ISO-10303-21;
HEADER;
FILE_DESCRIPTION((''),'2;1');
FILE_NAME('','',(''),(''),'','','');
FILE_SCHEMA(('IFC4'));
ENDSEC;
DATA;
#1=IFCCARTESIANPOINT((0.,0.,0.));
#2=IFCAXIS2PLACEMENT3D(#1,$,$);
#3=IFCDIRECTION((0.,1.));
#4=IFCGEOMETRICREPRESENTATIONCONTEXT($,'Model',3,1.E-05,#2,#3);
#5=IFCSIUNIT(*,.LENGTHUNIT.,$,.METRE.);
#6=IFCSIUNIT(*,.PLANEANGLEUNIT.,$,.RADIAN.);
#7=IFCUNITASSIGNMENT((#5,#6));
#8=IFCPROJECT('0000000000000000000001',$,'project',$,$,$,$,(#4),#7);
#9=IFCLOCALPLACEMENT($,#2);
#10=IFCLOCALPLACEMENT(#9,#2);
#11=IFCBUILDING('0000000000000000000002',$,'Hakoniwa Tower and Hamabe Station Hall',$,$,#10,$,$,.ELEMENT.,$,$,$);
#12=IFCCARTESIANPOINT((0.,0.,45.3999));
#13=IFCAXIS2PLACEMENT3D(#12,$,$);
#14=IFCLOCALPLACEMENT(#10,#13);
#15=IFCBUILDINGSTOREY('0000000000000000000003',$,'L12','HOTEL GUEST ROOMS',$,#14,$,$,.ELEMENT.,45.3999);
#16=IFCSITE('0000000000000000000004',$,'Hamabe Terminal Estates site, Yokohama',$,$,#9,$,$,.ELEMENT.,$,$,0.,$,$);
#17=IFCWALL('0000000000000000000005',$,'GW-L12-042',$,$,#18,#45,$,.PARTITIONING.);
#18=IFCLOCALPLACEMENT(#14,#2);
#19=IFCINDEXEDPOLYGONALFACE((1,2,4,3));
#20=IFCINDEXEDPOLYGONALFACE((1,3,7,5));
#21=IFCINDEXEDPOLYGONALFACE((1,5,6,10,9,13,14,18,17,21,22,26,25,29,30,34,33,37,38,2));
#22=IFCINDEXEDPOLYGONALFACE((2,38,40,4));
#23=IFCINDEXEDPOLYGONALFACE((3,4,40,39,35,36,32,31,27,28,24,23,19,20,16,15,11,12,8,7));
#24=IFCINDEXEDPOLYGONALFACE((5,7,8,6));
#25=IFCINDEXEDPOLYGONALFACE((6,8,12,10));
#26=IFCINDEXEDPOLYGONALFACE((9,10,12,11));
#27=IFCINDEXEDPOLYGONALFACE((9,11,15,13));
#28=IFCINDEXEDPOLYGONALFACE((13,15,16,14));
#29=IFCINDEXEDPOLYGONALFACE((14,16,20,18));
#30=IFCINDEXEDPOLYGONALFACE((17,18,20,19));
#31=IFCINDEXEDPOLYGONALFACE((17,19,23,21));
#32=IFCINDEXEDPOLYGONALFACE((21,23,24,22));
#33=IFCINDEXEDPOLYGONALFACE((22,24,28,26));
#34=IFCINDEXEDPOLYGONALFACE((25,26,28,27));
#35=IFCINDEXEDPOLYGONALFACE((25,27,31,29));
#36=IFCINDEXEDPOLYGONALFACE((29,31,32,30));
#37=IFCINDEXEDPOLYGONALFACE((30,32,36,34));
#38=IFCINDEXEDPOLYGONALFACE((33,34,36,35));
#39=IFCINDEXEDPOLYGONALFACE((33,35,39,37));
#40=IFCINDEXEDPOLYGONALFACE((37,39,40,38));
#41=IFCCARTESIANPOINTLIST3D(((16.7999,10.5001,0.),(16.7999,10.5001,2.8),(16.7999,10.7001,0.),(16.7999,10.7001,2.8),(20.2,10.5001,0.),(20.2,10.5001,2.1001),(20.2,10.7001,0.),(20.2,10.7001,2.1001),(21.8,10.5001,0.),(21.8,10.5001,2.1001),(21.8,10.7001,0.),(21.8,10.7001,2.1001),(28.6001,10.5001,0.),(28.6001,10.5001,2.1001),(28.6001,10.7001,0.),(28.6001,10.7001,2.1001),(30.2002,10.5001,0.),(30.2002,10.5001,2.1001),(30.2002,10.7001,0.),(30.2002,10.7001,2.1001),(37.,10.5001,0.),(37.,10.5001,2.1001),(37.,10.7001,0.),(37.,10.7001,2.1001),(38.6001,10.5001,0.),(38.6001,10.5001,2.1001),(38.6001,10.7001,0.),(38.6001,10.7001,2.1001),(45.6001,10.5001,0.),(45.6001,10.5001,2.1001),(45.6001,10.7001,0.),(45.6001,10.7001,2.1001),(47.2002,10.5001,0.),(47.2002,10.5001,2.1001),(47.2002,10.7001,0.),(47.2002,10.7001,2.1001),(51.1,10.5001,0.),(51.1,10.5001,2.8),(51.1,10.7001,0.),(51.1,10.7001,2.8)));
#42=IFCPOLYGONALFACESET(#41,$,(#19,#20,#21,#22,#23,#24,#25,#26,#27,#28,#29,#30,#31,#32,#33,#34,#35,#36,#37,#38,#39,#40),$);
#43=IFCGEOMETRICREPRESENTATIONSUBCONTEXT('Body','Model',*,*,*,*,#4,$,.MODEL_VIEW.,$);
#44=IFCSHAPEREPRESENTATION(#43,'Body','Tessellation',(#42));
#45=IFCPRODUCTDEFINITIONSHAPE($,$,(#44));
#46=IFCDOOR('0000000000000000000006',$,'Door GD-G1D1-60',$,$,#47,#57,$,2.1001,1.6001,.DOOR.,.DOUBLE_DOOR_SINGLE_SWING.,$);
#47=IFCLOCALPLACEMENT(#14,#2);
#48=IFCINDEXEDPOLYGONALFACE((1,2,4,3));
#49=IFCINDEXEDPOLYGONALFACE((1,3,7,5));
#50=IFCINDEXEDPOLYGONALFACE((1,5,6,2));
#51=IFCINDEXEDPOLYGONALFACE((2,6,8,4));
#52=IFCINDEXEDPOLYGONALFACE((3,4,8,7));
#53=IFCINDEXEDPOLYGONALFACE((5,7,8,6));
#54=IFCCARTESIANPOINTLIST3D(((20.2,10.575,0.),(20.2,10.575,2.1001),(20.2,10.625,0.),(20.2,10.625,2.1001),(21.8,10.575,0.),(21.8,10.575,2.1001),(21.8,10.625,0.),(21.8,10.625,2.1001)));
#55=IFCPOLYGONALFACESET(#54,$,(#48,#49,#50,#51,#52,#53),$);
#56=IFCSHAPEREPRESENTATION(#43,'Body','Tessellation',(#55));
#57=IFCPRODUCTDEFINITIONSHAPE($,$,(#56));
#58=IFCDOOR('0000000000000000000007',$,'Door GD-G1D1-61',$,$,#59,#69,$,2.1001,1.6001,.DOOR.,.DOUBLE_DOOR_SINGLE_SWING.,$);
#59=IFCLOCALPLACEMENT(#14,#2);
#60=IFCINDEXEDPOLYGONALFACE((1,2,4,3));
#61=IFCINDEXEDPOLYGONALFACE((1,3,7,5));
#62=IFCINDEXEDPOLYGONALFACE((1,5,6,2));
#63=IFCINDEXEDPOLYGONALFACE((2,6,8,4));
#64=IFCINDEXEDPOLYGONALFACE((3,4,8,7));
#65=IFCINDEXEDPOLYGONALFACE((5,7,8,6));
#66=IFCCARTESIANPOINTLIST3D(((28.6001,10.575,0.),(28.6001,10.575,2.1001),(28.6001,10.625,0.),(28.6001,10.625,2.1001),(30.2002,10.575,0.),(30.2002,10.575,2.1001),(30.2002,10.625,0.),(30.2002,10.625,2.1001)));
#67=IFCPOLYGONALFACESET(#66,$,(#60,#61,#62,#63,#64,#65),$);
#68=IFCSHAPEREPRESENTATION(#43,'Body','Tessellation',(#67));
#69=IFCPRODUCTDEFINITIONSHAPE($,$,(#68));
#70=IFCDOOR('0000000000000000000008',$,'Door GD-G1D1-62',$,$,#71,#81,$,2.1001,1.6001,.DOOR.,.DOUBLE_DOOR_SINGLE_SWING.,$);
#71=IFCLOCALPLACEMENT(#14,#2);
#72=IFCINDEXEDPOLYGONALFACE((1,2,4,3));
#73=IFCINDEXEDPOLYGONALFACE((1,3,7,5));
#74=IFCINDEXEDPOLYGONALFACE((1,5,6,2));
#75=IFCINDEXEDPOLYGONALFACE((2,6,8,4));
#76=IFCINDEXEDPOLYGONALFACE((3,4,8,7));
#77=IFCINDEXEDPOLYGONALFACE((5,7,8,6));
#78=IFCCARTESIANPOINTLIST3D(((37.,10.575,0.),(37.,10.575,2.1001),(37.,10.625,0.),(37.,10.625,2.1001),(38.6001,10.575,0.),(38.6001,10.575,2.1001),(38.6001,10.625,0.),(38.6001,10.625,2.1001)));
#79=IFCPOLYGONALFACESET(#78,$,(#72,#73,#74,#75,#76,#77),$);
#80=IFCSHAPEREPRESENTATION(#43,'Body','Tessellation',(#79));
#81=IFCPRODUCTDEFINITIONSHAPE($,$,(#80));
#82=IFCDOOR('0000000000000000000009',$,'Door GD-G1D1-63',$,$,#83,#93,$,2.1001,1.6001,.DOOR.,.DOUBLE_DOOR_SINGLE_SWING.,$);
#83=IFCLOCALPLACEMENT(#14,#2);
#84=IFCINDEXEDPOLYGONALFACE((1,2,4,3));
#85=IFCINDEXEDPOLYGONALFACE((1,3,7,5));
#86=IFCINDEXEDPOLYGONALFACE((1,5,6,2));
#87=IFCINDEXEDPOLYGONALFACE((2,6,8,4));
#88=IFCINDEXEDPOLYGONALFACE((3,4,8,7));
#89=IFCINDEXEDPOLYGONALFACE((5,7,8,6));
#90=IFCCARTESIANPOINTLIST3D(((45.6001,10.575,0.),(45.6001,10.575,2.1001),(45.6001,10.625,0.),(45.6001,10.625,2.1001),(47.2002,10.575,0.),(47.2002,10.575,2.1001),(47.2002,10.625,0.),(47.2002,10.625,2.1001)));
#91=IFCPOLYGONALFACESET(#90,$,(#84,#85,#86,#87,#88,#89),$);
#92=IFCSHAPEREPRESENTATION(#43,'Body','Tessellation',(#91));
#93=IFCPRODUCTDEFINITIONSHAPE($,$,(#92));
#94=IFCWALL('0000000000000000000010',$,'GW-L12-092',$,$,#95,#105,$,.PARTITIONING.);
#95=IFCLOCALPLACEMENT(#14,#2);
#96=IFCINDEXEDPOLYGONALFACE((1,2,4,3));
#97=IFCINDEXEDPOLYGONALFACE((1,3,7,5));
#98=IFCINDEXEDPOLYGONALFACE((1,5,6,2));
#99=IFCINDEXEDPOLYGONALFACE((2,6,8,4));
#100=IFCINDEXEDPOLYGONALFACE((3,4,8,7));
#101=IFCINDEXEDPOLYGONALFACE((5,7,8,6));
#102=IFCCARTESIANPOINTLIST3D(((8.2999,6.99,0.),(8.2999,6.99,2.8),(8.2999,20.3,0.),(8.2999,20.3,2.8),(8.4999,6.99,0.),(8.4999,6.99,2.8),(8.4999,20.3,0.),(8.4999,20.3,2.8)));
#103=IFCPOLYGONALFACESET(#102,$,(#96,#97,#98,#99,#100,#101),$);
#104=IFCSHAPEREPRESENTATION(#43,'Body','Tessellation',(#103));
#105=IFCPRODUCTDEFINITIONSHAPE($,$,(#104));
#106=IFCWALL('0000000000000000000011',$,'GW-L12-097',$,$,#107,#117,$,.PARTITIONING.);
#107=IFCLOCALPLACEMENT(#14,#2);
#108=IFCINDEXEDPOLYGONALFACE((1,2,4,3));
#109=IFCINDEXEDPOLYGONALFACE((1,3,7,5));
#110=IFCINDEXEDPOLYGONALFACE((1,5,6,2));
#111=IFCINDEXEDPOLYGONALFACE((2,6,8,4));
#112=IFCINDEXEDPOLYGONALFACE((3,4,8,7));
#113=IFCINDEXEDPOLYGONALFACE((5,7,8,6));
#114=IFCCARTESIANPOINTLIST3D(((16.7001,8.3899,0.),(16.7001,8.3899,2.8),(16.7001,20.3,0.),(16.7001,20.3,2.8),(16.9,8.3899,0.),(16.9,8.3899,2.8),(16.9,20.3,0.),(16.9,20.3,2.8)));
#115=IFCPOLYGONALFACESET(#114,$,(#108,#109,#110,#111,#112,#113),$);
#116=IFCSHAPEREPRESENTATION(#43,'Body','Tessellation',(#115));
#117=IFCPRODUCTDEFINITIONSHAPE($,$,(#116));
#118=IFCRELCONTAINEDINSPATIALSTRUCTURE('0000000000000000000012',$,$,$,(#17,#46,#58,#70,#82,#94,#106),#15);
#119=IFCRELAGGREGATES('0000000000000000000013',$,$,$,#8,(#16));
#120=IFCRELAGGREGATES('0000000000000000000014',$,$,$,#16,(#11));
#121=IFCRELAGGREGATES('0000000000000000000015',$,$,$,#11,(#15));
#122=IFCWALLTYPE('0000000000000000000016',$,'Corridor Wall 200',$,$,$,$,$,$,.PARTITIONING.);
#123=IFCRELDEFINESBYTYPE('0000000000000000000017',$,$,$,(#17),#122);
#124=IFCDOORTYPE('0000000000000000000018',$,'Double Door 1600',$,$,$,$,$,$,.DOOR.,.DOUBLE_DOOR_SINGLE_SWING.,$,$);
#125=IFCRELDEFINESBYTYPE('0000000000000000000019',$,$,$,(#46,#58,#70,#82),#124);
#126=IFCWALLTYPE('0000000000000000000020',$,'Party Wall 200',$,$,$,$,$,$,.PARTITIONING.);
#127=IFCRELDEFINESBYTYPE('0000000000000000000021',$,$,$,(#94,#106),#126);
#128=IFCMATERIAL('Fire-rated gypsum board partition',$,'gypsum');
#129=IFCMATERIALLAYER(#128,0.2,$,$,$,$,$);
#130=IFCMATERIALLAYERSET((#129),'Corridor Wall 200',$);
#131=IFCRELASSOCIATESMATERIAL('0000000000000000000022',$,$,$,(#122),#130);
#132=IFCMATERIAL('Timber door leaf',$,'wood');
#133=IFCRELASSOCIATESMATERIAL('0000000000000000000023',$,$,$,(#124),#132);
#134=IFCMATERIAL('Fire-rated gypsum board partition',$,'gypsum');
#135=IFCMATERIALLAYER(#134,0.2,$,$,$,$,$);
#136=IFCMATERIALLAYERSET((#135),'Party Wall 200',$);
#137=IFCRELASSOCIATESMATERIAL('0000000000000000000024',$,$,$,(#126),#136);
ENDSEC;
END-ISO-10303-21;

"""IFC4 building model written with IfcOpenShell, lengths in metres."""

from ifc_helpers import new_model, si_unit, direction, frame, frame_2d, origin, place, context, subcontext, project, spatial, rectangle, extrude, material, layer, layer_set, type_object, element, fill, save


model = new_model("IFC4")

# Units and contexts
model_context = context("Model", 3, precision=1e-05, world=origin(), true_north=direction((0.0, 1.0)))
body_context = subcontext(model_context, "Body", "Model", "MODEL_VIEW")
ifc_project = project(units=[si_unit("LENGTHUNIT", "METRE"), si_unit("PLANEANGLEUNIT", "RADIAN")], contexts=[model_context])

# Site, building, storey
site_placement = place(None, origin())
site = spatial("IfcSite", under=ifc_project, at=site_placement, Name="Hamabe Terminal Estates site, Yokohama", CompositionType="ELEMENT", RefElevation=0.0)
building_placement = place(site_placement, origin())
building = spatial("IfcBuilding", under=site, at=building_placement, Name="Hakoniwa Tower and Hamabe Station Hall", CompositionType="ELEMENT")
storey_placement = place(building_placement, frame((0.0, 0.0, 45.3999)))
storey = spatial("IfcBuildingStorey", under=building, at=storey_placement, Name="L12", Description="HOTEL GUEST ROOMS", CompositionType="ELEMENT", Elevation=45.3999)

# Wall, openings, doors
ifc_material_1 = material(Name="Fire-rated gypsum board partition", Category="gypsum")
ifc_layer_1 = layer(ifc_material_1, 0.2)
ifc_layer_set_1 = layer_set([ifc_layer_1], Name="Corridor Wall 200")
wall_type_1 = type_object("IfcWallType", Name="Corridor Wall 200", PredefinedType="PARTITIONING", material=ifc_layer_set_1)
wall_1_placement = place(storey_placement, frame((16.8, 10.6001, 0.0), z_axis=(0.0, 0.0, 1.0), x_axis=(1.0, 0.0, 0.0)))
wall_1 = element("IfcWall", 1, at=wall_1_placement, inside=storey, type_object=wall_type_1, Name="GW-L12-042", PredefinedType="PARTITIONING", context=body_context, shape_type="SweptSolid", body=[
    extrude(rectangle(XDim=34.3, YDim=0.2, at=frame_2d((17.1499, 0.0))), origin(), (0.0, 0.0, 1.0), 2.8),
])
opening_1_placement = place(wall_1_placement, frame((3.3999, 0.0, 0.0)))
opening_1 = element("IfcOpeningElement", 2, at=opening_1_placement, cuts=wall_1, PredefinedType="OPENING", context=body_context, shape_type="SweptSolid", body=[
    extrude(rectangle(XDim=1.6001, YDim=2.1001, at=frame_2d((0.8, 1.05))), frame((0.0, 0.1099, 0.0), z_axis=(0.0, -1.0, 0.0), x_axis=(1.0, 0.0, 0.0)), (0.0, 0.0, 1.0), 0.22),
])
opening_2_placement = place(wall_1_placement, frame((11.8, 0.0, 0.0)))
opening_2 = element("IfcOpeningElement", 3, at=opening_2_placement, cuts=wall_1, PredefinedType="OPENING", context=body_context, shape_type="SweptSolid", body=[
    extrude(rectangle(XDim=1.6001, YDim=2.1001, at=frame_2d((0.8, 1.05))), frame((0.0, 0.1099, 0.0), z_axis=(0.0, -1.0, 0.0), x_axis=(1.0, 0.0, 0.0)), (0.0, 0.0, 1.0), 0.22),
])
opening_3_placement = place(wall_1_placement, frame((20.2, 0.0, 0.0)))
opening_3 = element("IfcOpeningElement", 4, at=opening_3_placement, cuts=wall_1, PredefinedType="OPENING", context=body_context, shape_type="SweptSolid", body=[
    extrude(rectangle(XDim=1.6001, YDim=2.1001, at=frame_2d((0.8, 1.05))), frame((0.0, 0.1099, 0.0), z_axis=(0.0, -1.0, 0.0), x_axis=(1.0, 0.0, 0.0)), (0.0, 0.0, 1.0), 0.22),
])
opening_4_placement = place(wall_1_placement, frame((28.8, 0.0, 0.0)))
opening_4 = element("IfcOpeningElement", 5, at=opening_4_placement, cuts=wall_1, PredefinedType="OPENING", context=body_context, shape_type="SweptSolid", body=[
    extrude(rectangle(XDim=1.6001, YDim=2.1001, at=frame_2d((0.8, 1.05))), frame((0.0, 0.1099, 0.0), z_axis=(0.0, -1.0, 0.0), x_axis=(1.0, 0.0, 0.0)), (0.0, 0.0, 1.0), 0.22),
])
ifc_material_2 = material(Name="Timber door leaf", Category="wood")
door_type_1 = type_object("IfcDoorType", Name="Double Door 1600", OperationType="DOUBLE_DOOR_SINGLE_SWING", PredefinedType="DOOR", material=ifc_material_2)
door_1_placement = place(opening_1_placement, origin())
door_1 = element("IfcDoor", 6, at=door_1_placement, inside=storey, type_object=door_type_1, Name="Door GD-G1D1-60", OperationType="DOUBLE_DOOR_SINGLE_SWING", OverallHeight=2.1001, OverallWidth=1.6001, PredefinedType="DOOR", context=body_context, shape_type="SweptSolid", body=[
    extrude(rectangle(XDim=1.6001, YDim=2.1001, at=frame_2d((0.8, 1.05))), frame((0.0, 0.0249, 0.0), z_axis=(0.0, -1.0, 0.0), x_axis=(1.0, 0.0, 0.0)), (0.0, 0.0, 1.0), 0.05),
])
fill(opening_1, door_1)
door_2_placement = place(opening_2_placement, origin())
door_2 = element("IfcDoor", 7, at=door_2_placement, inside=storey, type_object=door_type_1, Name="Door GD-G1D1-61", OperationType="DOUBLE_DOOR_SINGLE_SWING", OverallHeight=2.1001, OverallWidth=1.6001, PredefinedType="DOOR", context=body_context, shape_type="SweptSolid", body=[
    extrude(rectangle(XDim=1.6001, YDim=2.1001, at=frame_2d((0.8, 1.05))), frame((0.0, 0.0249, 0.0), z_axis=(0.0, -1.0, 0.0), x_axis=(1.0, 0.0, 0.0)), (0.0, 0.0, 1.0), 0.05),
])
fill(opening_2, door_2)
door_3_placement = place(opening_3_placement, origin())
door_3 = element("IfcDoor", 8, at=door_3_placement, inside=storey, type_object=door_type_1, Name="Door GD-G1D1-62", OperationType="DOUBLE_DOOR_SINGLE_SWING", OverallHeight=2.1001, OverallWidth=1.6001, PredefinedType="DOOR", context=body_context, shape_type="SweptSolid", body=[
    extrude(rectangle(XDim=1.6001, YDim=2.1001, at=frame_2d((0.8, 1.05))), frame((0.0, 0.0249, 0.0), z_axis=(0.0, -1.0, 0.0), x_axis=(1.0, 0.0, 0.0)), (0.0, 0.0, 1.0), 0.05),
])
fill(opening_3, door_3)
door_4_placement = place(opening_4_placement, origin())
door_4 = element("IfcDoor", 9, at=door_4_placement, inside=storey, type_object=door_type_1, Name="Door GD-G1D1-63", OperationType="DOUBLE_DOOR_SINGLE_SWING", OverallHeight=2.1001, OverallWidth=1.6001, PredefinedType="DOOR", context=body_context, shape_type="SweptSolid", body=[
    extrude(rectangle(XDim=1.6001, YDim=2.1001, at=frame_2d((0.8, 1.05))), frame((0.0, 0.0249, 0.0), z_axis=(0.0, -1.0, 0.0), x_axis=(1.0, 0.0, 0.0)), (0.0, 0.0, 1.0), 0.05),
])
fill(opening_4, door_4)

# Walls
ifc_material_3 = material(Name="Fire-rated gypsum board partition", Category="gypsum")
ifc_layer_2 = layer(ifc_material_3, 0.2)
ifc_layer_set_2 = layer_set([ifc_layer_2], Name="Party Wall 200")
wall_type_2 = type_object("IfcWallType", Name="Party Wall 200", PredefinedType="PARTITIONING", material=ifc_layer_set_2)
wall_2_placement = place(storey_placement, frame((8.3999, 6.99, 0.0), z_axis=(0.0, 0.0, 1.0), x_axis=(0.0, 1.0, 0.0)))
element("IfcWall", 10, at=wall_2_placement, inside=storey, type_object=wall_type_2, Name="GW-L12-092", PredefinedType="PARTITIONING", context=body_context, shape_type="SweptSolid", body=[
    extrude(rectangle(XDim=13.3101, YDim=0.2, at=frame_2d((6.655, 0.0))), origin(), (0.0, 0.0, 1.0), 2.8),
])
wall_3_placement = place(storey_placement, frame((16.8, 8.3899, 0.0), z_axis=(0.0, 0.0, 1.0), x_axis=(0.0, 1.0, 0.0)))
element("IfcWall", 11, at=wall_3_placement, inside=storey, type_object=wall_type_2, Name="GW-L12-097", PredefinedType="PARTITIONING", context=body_context, shape_type="SweptSolid", body=[
    extrude(rectangle(XDim=11.9102, YDim=0.2, at=frame_2d((5.9551, 0.0))), origin(), (0.0, 0.0, 1.0), 2.8),
])

save(model, "model.ifc")
